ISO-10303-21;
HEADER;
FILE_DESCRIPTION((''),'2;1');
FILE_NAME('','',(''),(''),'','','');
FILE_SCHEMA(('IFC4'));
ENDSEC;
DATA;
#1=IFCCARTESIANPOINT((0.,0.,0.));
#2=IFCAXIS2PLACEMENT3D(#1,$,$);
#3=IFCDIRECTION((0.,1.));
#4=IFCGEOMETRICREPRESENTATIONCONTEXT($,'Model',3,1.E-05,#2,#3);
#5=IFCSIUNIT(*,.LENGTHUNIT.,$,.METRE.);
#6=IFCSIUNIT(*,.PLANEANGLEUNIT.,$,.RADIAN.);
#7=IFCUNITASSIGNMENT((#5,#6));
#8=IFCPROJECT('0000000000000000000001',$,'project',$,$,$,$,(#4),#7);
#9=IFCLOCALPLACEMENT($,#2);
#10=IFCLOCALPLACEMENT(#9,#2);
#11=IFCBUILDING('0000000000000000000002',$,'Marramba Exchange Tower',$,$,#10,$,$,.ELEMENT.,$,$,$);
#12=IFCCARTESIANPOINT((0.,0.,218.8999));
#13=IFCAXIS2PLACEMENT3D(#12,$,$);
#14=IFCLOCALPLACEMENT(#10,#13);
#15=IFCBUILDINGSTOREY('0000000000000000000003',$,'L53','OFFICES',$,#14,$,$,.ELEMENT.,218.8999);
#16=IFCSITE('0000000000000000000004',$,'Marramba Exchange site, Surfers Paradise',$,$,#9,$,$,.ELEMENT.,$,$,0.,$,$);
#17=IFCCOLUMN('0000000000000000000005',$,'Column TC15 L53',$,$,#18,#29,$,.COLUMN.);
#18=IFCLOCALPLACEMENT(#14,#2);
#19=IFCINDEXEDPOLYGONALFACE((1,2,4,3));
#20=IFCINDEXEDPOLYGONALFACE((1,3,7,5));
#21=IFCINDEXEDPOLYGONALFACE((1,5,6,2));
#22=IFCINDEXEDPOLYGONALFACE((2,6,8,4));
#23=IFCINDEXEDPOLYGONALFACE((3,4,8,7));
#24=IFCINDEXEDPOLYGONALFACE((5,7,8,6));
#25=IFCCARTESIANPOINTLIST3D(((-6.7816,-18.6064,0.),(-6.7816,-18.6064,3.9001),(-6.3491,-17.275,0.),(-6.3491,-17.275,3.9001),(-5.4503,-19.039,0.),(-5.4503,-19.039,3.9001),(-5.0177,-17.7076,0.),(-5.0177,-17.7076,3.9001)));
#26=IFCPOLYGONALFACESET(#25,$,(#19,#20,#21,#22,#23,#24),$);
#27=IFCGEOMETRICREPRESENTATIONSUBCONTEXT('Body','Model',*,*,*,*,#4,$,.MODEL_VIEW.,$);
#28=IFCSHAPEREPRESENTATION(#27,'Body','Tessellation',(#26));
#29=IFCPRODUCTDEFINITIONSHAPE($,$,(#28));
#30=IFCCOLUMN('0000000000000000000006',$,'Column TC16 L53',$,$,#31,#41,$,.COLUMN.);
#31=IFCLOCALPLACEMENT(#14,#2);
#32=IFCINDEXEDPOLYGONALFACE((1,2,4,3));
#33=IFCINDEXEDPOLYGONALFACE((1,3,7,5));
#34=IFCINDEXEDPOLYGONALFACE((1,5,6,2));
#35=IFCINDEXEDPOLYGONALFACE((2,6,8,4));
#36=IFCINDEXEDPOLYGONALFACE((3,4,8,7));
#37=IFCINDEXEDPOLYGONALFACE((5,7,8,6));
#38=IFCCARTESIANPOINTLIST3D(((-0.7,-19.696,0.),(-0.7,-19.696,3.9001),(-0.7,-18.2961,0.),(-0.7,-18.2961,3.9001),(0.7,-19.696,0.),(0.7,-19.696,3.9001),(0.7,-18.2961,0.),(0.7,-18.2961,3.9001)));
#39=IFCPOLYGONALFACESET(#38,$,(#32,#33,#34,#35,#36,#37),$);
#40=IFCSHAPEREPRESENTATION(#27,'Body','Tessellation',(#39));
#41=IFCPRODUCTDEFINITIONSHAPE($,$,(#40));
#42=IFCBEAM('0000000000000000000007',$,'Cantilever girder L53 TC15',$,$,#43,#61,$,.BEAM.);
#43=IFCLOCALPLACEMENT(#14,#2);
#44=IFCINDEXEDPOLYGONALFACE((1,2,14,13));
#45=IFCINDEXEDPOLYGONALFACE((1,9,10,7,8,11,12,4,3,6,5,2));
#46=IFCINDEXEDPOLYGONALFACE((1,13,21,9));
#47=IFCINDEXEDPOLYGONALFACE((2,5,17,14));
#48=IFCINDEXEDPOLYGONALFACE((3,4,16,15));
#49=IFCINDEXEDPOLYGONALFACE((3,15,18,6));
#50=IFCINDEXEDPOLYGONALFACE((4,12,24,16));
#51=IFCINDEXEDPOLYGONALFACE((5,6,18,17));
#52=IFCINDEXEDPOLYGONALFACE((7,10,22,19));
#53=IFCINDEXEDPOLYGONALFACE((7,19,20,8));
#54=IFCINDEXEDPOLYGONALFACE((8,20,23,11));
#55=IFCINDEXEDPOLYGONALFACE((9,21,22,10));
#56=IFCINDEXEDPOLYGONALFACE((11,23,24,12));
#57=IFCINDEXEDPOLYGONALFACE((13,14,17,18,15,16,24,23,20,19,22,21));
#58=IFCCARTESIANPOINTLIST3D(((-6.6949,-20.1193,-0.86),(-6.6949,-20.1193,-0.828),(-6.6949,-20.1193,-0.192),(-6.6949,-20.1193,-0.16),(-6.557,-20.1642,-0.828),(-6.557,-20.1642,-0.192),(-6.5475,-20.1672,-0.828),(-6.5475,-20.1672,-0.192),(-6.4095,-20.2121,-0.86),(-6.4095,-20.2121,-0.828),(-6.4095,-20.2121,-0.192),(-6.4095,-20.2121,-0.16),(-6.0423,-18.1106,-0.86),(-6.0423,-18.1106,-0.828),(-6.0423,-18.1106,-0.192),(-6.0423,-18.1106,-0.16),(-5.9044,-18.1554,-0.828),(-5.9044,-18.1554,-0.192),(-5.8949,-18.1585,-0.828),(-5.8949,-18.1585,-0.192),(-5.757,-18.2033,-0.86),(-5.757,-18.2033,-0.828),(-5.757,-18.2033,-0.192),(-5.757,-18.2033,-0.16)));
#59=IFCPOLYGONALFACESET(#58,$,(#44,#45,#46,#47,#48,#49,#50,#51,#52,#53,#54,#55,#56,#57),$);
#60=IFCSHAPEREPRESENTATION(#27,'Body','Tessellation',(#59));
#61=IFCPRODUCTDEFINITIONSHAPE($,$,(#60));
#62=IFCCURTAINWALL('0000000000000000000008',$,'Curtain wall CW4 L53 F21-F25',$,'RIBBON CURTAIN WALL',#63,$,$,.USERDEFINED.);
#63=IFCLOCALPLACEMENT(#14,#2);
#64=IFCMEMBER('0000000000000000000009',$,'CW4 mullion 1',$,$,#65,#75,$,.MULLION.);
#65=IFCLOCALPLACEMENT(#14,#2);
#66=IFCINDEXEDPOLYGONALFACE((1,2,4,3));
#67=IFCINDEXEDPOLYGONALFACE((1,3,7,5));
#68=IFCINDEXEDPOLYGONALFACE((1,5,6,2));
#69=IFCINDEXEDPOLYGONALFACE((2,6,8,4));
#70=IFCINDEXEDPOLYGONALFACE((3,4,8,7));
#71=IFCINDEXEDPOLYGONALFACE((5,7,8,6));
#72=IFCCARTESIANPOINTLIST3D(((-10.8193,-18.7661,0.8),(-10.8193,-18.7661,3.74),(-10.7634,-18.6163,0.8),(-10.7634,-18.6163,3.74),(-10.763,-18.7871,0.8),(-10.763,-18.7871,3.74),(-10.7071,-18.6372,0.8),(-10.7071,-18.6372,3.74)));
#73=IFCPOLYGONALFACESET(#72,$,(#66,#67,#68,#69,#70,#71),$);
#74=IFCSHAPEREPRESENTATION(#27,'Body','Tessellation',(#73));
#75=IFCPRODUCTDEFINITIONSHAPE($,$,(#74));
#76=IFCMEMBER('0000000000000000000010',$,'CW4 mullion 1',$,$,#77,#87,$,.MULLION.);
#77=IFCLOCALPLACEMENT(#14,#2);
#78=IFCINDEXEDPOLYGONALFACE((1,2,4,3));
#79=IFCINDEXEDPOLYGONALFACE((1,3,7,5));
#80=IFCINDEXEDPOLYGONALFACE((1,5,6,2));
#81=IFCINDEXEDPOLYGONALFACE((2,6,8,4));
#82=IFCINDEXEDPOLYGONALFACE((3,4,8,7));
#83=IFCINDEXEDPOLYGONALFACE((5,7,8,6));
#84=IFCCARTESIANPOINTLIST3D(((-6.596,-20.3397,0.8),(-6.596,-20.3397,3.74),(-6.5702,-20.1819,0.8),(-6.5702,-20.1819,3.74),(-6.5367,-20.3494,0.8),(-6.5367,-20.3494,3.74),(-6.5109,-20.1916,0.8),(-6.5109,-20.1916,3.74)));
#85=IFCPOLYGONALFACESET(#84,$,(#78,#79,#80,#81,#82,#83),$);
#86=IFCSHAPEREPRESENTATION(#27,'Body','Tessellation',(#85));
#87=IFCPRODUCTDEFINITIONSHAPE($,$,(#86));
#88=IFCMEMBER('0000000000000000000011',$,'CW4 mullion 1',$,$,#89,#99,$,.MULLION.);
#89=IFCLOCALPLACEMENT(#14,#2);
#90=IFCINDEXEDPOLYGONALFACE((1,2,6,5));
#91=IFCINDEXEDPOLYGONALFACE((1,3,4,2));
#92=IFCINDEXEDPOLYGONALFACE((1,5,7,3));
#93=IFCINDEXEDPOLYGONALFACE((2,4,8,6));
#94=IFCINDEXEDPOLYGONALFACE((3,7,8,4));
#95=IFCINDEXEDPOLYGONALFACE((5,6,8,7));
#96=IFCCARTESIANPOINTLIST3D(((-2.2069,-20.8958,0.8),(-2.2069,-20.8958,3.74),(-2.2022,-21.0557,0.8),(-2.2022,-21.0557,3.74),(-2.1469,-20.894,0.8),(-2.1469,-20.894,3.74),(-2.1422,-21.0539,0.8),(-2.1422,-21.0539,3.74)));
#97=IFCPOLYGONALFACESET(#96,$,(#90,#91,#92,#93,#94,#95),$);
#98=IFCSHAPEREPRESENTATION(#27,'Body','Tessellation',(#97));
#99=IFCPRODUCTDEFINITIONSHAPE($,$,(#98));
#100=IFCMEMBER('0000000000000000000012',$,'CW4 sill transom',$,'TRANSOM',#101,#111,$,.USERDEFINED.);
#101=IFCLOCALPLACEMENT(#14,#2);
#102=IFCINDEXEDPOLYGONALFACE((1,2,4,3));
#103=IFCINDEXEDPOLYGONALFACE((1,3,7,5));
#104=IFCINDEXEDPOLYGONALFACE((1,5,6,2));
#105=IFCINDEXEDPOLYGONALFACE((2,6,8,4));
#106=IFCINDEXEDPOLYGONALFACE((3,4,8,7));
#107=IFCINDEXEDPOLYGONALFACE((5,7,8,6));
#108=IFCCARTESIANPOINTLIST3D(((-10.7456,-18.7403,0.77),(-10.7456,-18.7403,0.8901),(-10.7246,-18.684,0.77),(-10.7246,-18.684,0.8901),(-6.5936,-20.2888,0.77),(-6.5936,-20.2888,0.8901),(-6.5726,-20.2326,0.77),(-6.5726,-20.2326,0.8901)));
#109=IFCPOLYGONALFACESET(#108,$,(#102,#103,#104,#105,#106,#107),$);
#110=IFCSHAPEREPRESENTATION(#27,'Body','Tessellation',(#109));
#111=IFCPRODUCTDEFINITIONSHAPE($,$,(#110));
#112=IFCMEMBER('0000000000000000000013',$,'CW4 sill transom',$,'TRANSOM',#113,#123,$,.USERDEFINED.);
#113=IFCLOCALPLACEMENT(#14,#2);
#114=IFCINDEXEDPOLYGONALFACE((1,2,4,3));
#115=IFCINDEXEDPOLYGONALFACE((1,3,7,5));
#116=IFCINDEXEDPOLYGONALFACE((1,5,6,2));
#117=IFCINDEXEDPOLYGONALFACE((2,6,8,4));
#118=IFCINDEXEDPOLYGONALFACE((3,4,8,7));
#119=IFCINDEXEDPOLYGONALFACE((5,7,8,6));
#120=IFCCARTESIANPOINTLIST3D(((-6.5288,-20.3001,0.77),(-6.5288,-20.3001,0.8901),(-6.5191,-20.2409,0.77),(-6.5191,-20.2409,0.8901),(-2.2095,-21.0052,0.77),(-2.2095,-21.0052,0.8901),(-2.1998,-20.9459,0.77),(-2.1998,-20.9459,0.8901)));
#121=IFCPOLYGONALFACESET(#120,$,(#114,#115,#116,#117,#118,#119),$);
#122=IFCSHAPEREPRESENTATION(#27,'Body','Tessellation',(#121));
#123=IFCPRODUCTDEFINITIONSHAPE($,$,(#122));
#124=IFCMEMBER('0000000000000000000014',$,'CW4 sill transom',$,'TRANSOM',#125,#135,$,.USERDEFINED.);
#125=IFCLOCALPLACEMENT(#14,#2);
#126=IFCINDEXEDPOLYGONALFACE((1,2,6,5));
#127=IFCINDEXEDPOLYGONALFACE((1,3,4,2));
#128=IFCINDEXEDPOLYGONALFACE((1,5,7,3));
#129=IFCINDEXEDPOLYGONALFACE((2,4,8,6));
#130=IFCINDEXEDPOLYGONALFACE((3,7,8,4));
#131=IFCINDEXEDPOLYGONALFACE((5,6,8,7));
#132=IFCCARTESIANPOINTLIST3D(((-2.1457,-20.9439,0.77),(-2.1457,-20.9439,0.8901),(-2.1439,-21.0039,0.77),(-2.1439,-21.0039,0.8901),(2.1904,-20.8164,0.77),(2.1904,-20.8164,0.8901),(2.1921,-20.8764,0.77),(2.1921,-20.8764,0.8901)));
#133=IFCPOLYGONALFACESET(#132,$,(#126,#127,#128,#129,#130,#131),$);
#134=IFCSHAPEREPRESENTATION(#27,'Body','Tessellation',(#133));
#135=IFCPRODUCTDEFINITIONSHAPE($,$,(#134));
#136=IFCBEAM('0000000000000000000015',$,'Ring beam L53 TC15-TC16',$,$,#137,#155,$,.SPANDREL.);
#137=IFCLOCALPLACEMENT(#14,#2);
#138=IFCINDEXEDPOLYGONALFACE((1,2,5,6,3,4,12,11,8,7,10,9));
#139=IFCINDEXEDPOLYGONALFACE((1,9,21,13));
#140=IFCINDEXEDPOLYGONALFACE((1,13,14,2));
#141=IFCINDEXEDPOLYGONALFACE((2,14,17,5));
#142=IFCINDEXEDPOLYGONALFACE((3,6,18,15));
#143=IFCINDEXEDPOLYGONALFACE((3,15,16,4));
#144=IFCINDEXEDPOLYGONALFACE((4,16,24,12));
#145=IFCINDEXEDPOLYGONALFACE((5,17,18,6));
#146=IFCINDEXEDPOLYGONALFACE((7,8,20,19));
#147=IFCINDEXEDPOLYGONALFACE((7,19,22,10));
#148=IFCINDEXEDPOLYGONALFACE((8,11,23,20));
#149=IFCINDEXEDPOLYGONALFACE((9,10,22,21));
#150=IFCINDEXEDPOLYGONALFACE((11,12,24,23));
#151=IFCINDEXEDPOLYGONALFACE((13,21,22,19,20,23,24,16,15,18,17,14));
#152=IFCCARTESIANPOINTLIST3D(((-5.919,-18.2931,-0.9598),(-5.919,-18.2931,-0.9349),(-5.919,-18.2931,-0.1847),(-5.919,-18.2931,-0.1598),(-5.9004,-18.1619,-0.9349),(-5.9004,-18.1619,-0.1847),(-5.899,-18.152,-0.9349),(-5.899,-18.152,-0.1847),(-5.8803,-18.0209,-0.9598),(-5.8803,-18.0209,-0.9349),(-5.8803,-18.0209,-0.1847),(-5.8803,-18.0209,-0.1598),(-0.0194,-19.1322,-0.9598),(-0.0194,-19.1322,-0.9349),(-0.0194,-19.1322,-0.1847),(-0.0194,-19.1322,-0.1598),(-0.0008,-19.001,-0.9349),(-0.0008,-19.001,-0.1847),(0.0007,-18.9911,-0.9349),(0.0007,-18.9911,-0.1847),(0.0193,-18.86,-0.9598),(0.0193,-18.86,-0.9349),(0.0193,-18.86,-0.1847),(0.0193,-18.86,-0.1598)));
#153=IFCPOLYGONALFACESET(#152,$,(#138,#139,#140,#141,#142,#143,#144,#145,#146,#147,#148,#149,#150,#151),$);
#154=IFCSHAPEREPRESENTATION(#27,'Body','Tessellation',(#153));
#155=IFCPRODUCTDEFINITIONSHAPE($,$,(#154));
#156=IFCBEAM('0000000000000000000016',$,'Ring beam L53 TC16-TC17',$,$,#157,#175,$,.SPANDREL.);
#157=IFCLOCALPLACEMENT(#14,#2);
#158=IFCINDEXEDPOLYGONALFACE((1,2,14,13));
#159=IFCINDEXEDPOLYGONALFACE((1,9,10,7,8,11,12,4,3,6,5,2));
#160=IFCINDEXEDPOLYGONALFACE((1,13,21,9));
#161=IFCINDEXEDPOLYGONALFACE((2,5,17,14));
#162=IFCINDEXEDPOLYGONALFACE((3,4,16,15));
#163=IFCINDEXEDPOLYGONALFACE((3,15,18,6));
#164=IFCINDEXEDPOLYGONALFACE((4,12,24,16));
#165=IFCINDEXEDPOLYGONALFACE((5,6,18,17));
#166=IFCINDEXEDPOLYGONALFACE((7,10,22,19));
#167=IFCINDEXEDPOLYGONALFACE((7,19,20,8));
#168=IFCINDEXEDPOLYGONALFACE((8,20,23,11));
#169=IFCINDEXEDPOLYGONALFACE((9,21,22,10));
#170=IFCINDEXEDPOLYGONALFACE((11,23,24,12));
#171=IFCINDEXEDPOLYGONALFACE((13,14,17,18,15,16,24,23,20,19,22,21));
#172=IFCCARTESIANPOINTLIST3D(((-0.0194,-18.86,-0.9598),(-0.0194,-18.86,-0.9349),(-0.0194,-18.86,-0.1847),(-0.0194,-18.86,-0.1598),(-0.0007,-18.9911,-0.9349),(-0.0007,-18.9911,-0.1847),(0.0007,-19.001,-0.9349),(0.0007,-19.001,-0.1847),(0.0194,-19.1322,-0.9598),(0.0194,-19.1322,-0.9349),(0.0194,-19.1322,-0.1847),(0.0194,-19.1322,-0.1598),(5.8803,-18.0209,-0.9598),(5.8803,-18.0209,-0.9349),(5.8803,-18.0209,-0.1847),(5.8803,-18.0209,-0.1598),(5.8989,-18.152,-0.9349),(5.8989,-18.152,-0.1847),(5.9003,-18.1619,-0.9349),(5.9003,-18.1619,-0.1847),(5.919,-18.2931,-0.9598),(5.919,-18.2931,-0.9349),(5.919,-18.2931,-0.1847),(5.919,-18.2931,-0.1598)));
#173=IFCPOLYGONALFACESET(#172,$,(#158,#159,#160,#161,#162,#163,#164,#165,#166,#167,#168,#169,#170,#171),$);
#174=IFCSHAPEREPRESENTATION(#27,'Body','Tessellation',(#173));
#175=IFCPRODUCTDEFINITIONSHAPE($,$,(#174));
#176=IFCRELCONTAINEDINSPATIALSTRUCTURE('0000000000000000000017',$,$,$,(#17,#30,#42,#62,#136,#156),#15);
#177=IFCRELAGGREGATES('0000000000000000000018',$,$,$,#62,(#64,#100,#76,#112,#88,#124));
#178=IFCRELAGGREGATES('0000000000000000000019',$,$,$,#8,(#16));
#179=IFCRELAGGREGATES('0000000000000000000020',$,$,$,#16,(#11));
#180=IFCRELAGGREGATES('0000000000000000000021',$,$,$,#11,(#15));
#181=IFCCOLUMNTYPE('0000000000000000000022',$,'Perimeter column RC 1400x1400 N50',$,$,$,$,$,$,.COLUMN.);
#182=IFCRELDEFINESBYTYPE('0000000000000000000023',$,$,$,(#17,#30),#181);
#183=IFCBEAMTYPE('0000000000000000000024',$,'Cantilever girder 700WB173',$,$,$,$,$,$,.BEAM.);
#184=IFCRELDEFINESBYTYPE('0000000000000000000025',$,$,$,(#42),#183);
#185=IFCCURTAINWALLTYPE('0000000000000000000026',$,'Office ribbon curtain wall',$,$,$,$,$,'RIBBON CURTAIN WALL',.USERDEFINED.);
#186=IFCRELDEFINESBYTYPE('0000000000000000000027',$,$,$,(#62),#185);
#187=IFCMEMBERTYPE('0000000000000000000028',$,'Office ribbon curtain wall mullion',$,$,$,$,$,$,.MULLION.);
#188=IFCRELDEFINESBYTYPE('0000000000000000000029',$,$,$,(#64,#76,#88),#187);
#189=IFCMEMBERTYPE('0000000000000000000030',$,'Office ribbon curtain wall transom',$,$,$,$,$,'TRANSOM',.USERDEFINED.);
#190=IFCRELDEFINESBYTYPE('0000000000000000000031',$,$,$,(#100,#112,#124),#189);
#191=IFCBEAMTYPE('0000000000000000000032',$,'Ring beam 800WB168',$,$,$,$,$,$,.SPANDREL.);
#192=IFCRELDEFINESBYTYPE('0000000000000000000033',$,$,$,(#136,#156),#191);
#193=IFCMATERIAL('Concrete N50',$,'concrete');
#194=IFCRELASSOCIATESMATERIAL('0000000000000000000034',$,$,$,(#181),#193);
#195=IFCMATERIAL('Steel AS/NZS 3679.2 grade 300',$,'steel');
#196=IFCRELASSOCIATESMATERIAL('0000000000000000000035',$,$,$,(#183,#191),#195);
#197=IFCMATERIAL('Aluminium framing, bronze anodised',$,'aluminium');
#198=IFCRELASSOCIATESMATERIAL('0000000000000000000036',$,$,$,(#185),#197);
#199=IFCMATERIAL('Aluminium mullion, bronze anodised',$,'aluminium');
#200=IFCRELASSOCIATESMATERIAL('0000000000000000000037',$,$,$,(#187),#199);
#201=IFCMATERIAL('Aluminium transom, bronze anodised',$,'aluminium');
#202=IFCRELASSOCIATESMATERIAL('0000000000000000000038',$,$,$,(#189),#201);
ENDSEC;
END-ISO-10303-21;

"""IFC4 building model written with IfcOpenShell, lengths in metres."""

from ifc_helpers import new_model, si_unit, direction, frame, origin, origin_2d, place, context, subcontext, project, spatial, rectangle, i_section, extrude, material, material_profile, profile_set, type_object, element, aggregate, save


model = new_model("IFC4")

# Units and contexts
model_context = context("Model", 3, precision=1e-05, world=origin(), true_north=direction((0.0, 1.0)))
body_context = subcontext(model_context, "Body", "Model", "MODEL_VIEW")
ifc_project = project(units=[si_unit("LENGTHUNIT", "METRE"), si_unit("PLANEANGLEUNIT", "RADIAN")], contexts=[model_context])

# Site, building, storey
site_placement = place(None, origin())
site = spatial("IfcSite", under=ifc_project, at=site_placement, Name="Marramba Exchange site, Surfers Paradise", CompositionType="ELEMENT", RefElevation=0.0)
building_placement = place(site_placement, origin())
building = spatial("IfcBuilding", under=site, at=building_placement, Name="Marramba Exchange Tower", CompositionType="ELEMENT")
storey_placement = place(building_placement, frame((0.0, 0.0, 218.8999)))
storey = spatial("IfcBuildingStorey", under=building, at=storey_placement, Name="L53", Description="OFFICES", CompositionType="ELEMENT", Elevation=218.8999)

# Columns
ifc_material_1 = material(Name="Concrete N50", Category="concrete")
ifc_material_profile_1 = material_profile(ifc_material_1, rectangle(XDim=1.3999, YDim=1.3999, at=origin_2d()), Name="RC 1400x1400")
ifc_profile_set_1 = profile_set([ifc_material_profile_1], Name="Concrete N50")
column_type = type_object("IfcColumnType", Name="Perimeter column RC 1400x1400 N50", PredefinedType="COLUMN", material=ifc_profile_set_1)
for number, where, z_axis, x_axis, name in (
    (1, (-5.8997, -18.157, 0.0), (0.0, 0.0, 1.0), (-0.309017, -0.951057, 0.0), "Column TC15 L53"),
    (2, (0.0, -18.9961, 0.0), (0.0, 0.0, 1.0), (0.0, -1.0, 0.0), "Column TC16 L53"),
):
    element("IfcColumn", number, at=place(storey_placement, frame(where, z_axis=z_axis, x_axis=x_axis)), inside=storey, type_object=column_type, Name=name, PredefinedType="COLUMN", context=body_context, shape_type="SweptSolid", body=[
        extrude(rectangle(XDim=1.3999, YDim=1.3999, at=origin_2d()), origin(), (0.0, 0.0, 1.0), 3.9001),
    ])

# Beam
ifc_material_2 = material(Name="Steel AS/NZS 3679.2 grade 300", Category="steel")
ifc_material_profile_2 = material_profile(ifc_material_2, i_section(OverallWidth=0.3, OverallDepth=0.7, WebThickness=0.01, FlangeThickness=0.032, at=origin_2d()), Name="700WB173")
ifc_profile_set_2 = profile_set([ifc_material_profile_2], Name="Steel AS/NZS 3679.2 grade 300")
beam_type_1 = type_object("IfcBeamType", Name="Cantilever girder 700WB173", PredefinedType="BEAM", material=ifc_profile_set_2)
beam_1_placement = place(storey_placement, frame((-5.8997, -18.157, -0.51), z_axis=(-0.308971, -0.951071, 0.0), x_axis=(0.951071, -0.308971, 0.0)))
element("IfcBeam", 3, at=beam_1_placement, inside=storey, type_object=beam_type_1, Name="Cantilever girder L53 TC15", PredefinedType="BEAM", context=body_context, shape_type="SweptSolid", body=[
    extrude(i_section(OverallWidth=0.3, OverallDepth=0.7, WebThickness=0.01, FlangeThickness=0.032, at=origin_2d()), origin(), (0.0, 0.0, 1.0), 2.1121),
])

# Curtain wall, members
ifc_material_3 = material(Name="Aluminium framing, bronze anodised", Category="aluminium")
curtain_wall_type = type_object("IfcCurtainWallType", Name="Office ribbon curtain wall", ElementType="RIBBON CURTAIN WALL", PredefinedType="USERDEFINED", material=ifc_material_3)
curtain_wall_1_placement = place(storey_placement, origin())
curtain_wall_1 = element("IfcCurtainWall", 4, at=curtain_wall_1_placement, inside=storey, type_object=curtain_wall_type, Name="Curtain wall CW4 L53 F21-F25", ObjectType="RIBBON CURTAIN WALL", PredefinedType="USERDEFINED")
ifc_material_4 = material(Name="Aluminium mullion, bronze anodised", Category="aluminium")
ifc_material_profile_3 = material_profile(ifc_material_4, rectangle(XDim=0.1599, YDim=0.0601, at=origin_2d()), Name="CW4 mullion 60x160")
ifc_profile_set_3 = profile_set([ifc_material_profile_3], Name="Aluminium mullion, bronze anodised")
member_type_1 = type_object("IfcMemberType", Name="Office ribbon curtain wall mullion", PredefinedType="MULLION", material=ifc_profile_set_3)
member_1_placement = place(storey_placement, frame((-10.7632, -18.7017, 0.8), z_axis=(0.0, 0.0, 1.0), x_axis=(0.349459, 0.936952, 0.0)))
member_1 = element("IfcMember", 5, at=member_1_placement, type_object=member_type_1, Name="CW4 mullion 1", PredefinedType="MULLION", context=body_context, shape_type="SweptSolid", body=[
    extrude(rectangle(XDim=0.1599, YDim=0.0601, at=origin_2d()), origin(), (0.0, 0.0, 1.0), 2.9399),
])
member_2_placement = place(storey_placement, frame((-6.5535, -20.2656, 0.8), z_axis=(0.0, 0.0, 1.0), x_axis=(0.161146, 0.986931, 0.0)))
member_2 = element("IfcMember", 6, at=member_2_placement, type_object=member_type_1, Name="CW4 mullion 1", PredefinedType="MULLION", context=body_context, shape_type="SweptSolid", body=[
    extrude(rectangle(XDim=0.1599, YDim=0.0601, at=origin_2d()), origin(), (0.0, 0.0, 1.0), 2.9399),
])
member_3_placement = place(storey_placement, frame((-2.1746, -20.9749, 0.8), z_axis=(0.0, 0.0, 1.0), x_axis=(-0.029393, 0.999568, 0.0)))
member_3 = element("IfcMember", 7, at=member_3_placement, type_object=member_type_1, Name="CW4 mullion 1", PredefinedType="MULLION", context=body_context, shape_type="SweptSolid", body=[
    extrude(rectangle(XDim=0.1599, YDim=0.0601, at=origin_2d()), origin(), (0.0, 0.0, 1.0), 2.9399),
])
ifc_material_5 = material(Name="Aluminium transom, bronze anodised", Category="aluminium")
ifc_material_profile_4 = material_profile(ifc_material_5, rectangle(XDim=0.0601, YDim=0.1201, at=origin_2d()), Name="CW4 transom 60x120")
ifc_profile_set_4 = profile_set([ifc_material_profile_4], Name="Aluminium transom, bronze anodised")
member_type_2 = type_object("IfcMemberType", Name="Office ribbon curtain wall transom", ElementType="TRANSOM", PredefinedType="USERDEFINED", material=ifc_profile_set_4)
member_4_placement = place(storey_placement, frame((-10.7351, -18.7122, 0.8301), z_axis=(0.936955, -0.34945, 0.0), x_axis=(0.34945, 0.936955, 0.0)))
member_4 = element("IfcMember", 8, at=member_4_placement, type_object=member_type_2, Name="CW4 sill transom", ObjectType="TRANSOM", PredefinedType="USERDEFINED", context=body_context, shape_type="SweptSolid", body=[
    extrude(rectangle(XDim=0.0601, YDim=0.1201, at=origin_2d()), origin(), (0.0, 0.0, 1.0), 4.4314),
])
member_5_placement = place(storey_placement, frame((-6.5239, -20.2705, 0.8301), z_axis=(0.986937, -0.161105, 0.0), x_axis=(0.161105, 0.986937, 0.0)))
member_5 = element("IfcMember", 9, at=member_5_placement, type_object=member_type_2, Name="CW4 sill transom", ObjectType="TRANSOM", PredefinedType="USERDEFINED", context=body_context, shape_type="SweptSolid", body=[
    extrude(rectangle(XDim=0.0601, YDim=0.1201, at=origin_2d()), origin(), (0.0, 0.0, 1.0), 4.3765),
])
member_6_placement = place(storey_placement, frame((-2.1448, -20.9739, 0.8301), z_axis=(0.999568, 0.029379, 0.0), x_axis=(-0.029379, 0.999568, 0.0)))
member_6 = element("IfcMember", 10, at=member_6_placement, type_object=member_type_2, Name="CW4 sill transom", ObjectType="TRANSOM", PredefinedType="USERDEFINED", context=body_context, shape_type="SweptSolid", body=[
    extrude(rectangle(XDim=0.0601, YDim=0.1201, at=origin_2d()), origin(), (0.0, 0.0, 1.0), 4.3379),
])

# Beams
ifc_material_profile_5 = material_profile(ifc_material_2, i_section(OverallWidth=0.2749, OverallDepth=0.8, WebThickness=0.01, FlangeThickness=0.0249, at=origin_2d()), Name="800WB168")
ifc_profile_set_5 = profile_set([ifc_material_profile_5], Name="Steel AS/NZS 3679.2 grade 300")
beam_type_2 = type_object("IfcBeamType", Name="Ring beam 800WB168", PredefinedType="SPANDREL", material=ifc_profile_set_5)
for number, where, z_axis, x_axis, name in (
    (11, (-5.8997, -18.157, -0.5598), (0.990036, -0.140813, 0.0), (0.140813, 0.990036, 0.0), "Ring beam L53 TC15-TC16"),
    (12, (0.0, -18.9961, -0.5598), (0.990036, 0.140813, 0.0), (-0.140813, 0.990036, 0.0), "Ring beam L53 TC16-TC17"),
):
    element("IfcBeam", number, at=place(storey_placement, frame(where, z_axis=z_axis, x_axis=x_axis)), inside=storey, type_object=beam_type_2, Name=name, PredefinedType="SPANDREL", context=body_context, shape_type="SweptSolid", body=[
        extrude(i_section(OverallWidth=0.2749, OverallDepth=0.8, WebThickness=0.01, FlangeThickness=0.0249, at=origin_2d()), origin(), (0.0, 0.0, 1.0), 5.959),
    ])

aggregate(curtain_wall_1, [member_1, member_4, member_2, member_5, member_3, member_6])

save(model, "model.ifc")
